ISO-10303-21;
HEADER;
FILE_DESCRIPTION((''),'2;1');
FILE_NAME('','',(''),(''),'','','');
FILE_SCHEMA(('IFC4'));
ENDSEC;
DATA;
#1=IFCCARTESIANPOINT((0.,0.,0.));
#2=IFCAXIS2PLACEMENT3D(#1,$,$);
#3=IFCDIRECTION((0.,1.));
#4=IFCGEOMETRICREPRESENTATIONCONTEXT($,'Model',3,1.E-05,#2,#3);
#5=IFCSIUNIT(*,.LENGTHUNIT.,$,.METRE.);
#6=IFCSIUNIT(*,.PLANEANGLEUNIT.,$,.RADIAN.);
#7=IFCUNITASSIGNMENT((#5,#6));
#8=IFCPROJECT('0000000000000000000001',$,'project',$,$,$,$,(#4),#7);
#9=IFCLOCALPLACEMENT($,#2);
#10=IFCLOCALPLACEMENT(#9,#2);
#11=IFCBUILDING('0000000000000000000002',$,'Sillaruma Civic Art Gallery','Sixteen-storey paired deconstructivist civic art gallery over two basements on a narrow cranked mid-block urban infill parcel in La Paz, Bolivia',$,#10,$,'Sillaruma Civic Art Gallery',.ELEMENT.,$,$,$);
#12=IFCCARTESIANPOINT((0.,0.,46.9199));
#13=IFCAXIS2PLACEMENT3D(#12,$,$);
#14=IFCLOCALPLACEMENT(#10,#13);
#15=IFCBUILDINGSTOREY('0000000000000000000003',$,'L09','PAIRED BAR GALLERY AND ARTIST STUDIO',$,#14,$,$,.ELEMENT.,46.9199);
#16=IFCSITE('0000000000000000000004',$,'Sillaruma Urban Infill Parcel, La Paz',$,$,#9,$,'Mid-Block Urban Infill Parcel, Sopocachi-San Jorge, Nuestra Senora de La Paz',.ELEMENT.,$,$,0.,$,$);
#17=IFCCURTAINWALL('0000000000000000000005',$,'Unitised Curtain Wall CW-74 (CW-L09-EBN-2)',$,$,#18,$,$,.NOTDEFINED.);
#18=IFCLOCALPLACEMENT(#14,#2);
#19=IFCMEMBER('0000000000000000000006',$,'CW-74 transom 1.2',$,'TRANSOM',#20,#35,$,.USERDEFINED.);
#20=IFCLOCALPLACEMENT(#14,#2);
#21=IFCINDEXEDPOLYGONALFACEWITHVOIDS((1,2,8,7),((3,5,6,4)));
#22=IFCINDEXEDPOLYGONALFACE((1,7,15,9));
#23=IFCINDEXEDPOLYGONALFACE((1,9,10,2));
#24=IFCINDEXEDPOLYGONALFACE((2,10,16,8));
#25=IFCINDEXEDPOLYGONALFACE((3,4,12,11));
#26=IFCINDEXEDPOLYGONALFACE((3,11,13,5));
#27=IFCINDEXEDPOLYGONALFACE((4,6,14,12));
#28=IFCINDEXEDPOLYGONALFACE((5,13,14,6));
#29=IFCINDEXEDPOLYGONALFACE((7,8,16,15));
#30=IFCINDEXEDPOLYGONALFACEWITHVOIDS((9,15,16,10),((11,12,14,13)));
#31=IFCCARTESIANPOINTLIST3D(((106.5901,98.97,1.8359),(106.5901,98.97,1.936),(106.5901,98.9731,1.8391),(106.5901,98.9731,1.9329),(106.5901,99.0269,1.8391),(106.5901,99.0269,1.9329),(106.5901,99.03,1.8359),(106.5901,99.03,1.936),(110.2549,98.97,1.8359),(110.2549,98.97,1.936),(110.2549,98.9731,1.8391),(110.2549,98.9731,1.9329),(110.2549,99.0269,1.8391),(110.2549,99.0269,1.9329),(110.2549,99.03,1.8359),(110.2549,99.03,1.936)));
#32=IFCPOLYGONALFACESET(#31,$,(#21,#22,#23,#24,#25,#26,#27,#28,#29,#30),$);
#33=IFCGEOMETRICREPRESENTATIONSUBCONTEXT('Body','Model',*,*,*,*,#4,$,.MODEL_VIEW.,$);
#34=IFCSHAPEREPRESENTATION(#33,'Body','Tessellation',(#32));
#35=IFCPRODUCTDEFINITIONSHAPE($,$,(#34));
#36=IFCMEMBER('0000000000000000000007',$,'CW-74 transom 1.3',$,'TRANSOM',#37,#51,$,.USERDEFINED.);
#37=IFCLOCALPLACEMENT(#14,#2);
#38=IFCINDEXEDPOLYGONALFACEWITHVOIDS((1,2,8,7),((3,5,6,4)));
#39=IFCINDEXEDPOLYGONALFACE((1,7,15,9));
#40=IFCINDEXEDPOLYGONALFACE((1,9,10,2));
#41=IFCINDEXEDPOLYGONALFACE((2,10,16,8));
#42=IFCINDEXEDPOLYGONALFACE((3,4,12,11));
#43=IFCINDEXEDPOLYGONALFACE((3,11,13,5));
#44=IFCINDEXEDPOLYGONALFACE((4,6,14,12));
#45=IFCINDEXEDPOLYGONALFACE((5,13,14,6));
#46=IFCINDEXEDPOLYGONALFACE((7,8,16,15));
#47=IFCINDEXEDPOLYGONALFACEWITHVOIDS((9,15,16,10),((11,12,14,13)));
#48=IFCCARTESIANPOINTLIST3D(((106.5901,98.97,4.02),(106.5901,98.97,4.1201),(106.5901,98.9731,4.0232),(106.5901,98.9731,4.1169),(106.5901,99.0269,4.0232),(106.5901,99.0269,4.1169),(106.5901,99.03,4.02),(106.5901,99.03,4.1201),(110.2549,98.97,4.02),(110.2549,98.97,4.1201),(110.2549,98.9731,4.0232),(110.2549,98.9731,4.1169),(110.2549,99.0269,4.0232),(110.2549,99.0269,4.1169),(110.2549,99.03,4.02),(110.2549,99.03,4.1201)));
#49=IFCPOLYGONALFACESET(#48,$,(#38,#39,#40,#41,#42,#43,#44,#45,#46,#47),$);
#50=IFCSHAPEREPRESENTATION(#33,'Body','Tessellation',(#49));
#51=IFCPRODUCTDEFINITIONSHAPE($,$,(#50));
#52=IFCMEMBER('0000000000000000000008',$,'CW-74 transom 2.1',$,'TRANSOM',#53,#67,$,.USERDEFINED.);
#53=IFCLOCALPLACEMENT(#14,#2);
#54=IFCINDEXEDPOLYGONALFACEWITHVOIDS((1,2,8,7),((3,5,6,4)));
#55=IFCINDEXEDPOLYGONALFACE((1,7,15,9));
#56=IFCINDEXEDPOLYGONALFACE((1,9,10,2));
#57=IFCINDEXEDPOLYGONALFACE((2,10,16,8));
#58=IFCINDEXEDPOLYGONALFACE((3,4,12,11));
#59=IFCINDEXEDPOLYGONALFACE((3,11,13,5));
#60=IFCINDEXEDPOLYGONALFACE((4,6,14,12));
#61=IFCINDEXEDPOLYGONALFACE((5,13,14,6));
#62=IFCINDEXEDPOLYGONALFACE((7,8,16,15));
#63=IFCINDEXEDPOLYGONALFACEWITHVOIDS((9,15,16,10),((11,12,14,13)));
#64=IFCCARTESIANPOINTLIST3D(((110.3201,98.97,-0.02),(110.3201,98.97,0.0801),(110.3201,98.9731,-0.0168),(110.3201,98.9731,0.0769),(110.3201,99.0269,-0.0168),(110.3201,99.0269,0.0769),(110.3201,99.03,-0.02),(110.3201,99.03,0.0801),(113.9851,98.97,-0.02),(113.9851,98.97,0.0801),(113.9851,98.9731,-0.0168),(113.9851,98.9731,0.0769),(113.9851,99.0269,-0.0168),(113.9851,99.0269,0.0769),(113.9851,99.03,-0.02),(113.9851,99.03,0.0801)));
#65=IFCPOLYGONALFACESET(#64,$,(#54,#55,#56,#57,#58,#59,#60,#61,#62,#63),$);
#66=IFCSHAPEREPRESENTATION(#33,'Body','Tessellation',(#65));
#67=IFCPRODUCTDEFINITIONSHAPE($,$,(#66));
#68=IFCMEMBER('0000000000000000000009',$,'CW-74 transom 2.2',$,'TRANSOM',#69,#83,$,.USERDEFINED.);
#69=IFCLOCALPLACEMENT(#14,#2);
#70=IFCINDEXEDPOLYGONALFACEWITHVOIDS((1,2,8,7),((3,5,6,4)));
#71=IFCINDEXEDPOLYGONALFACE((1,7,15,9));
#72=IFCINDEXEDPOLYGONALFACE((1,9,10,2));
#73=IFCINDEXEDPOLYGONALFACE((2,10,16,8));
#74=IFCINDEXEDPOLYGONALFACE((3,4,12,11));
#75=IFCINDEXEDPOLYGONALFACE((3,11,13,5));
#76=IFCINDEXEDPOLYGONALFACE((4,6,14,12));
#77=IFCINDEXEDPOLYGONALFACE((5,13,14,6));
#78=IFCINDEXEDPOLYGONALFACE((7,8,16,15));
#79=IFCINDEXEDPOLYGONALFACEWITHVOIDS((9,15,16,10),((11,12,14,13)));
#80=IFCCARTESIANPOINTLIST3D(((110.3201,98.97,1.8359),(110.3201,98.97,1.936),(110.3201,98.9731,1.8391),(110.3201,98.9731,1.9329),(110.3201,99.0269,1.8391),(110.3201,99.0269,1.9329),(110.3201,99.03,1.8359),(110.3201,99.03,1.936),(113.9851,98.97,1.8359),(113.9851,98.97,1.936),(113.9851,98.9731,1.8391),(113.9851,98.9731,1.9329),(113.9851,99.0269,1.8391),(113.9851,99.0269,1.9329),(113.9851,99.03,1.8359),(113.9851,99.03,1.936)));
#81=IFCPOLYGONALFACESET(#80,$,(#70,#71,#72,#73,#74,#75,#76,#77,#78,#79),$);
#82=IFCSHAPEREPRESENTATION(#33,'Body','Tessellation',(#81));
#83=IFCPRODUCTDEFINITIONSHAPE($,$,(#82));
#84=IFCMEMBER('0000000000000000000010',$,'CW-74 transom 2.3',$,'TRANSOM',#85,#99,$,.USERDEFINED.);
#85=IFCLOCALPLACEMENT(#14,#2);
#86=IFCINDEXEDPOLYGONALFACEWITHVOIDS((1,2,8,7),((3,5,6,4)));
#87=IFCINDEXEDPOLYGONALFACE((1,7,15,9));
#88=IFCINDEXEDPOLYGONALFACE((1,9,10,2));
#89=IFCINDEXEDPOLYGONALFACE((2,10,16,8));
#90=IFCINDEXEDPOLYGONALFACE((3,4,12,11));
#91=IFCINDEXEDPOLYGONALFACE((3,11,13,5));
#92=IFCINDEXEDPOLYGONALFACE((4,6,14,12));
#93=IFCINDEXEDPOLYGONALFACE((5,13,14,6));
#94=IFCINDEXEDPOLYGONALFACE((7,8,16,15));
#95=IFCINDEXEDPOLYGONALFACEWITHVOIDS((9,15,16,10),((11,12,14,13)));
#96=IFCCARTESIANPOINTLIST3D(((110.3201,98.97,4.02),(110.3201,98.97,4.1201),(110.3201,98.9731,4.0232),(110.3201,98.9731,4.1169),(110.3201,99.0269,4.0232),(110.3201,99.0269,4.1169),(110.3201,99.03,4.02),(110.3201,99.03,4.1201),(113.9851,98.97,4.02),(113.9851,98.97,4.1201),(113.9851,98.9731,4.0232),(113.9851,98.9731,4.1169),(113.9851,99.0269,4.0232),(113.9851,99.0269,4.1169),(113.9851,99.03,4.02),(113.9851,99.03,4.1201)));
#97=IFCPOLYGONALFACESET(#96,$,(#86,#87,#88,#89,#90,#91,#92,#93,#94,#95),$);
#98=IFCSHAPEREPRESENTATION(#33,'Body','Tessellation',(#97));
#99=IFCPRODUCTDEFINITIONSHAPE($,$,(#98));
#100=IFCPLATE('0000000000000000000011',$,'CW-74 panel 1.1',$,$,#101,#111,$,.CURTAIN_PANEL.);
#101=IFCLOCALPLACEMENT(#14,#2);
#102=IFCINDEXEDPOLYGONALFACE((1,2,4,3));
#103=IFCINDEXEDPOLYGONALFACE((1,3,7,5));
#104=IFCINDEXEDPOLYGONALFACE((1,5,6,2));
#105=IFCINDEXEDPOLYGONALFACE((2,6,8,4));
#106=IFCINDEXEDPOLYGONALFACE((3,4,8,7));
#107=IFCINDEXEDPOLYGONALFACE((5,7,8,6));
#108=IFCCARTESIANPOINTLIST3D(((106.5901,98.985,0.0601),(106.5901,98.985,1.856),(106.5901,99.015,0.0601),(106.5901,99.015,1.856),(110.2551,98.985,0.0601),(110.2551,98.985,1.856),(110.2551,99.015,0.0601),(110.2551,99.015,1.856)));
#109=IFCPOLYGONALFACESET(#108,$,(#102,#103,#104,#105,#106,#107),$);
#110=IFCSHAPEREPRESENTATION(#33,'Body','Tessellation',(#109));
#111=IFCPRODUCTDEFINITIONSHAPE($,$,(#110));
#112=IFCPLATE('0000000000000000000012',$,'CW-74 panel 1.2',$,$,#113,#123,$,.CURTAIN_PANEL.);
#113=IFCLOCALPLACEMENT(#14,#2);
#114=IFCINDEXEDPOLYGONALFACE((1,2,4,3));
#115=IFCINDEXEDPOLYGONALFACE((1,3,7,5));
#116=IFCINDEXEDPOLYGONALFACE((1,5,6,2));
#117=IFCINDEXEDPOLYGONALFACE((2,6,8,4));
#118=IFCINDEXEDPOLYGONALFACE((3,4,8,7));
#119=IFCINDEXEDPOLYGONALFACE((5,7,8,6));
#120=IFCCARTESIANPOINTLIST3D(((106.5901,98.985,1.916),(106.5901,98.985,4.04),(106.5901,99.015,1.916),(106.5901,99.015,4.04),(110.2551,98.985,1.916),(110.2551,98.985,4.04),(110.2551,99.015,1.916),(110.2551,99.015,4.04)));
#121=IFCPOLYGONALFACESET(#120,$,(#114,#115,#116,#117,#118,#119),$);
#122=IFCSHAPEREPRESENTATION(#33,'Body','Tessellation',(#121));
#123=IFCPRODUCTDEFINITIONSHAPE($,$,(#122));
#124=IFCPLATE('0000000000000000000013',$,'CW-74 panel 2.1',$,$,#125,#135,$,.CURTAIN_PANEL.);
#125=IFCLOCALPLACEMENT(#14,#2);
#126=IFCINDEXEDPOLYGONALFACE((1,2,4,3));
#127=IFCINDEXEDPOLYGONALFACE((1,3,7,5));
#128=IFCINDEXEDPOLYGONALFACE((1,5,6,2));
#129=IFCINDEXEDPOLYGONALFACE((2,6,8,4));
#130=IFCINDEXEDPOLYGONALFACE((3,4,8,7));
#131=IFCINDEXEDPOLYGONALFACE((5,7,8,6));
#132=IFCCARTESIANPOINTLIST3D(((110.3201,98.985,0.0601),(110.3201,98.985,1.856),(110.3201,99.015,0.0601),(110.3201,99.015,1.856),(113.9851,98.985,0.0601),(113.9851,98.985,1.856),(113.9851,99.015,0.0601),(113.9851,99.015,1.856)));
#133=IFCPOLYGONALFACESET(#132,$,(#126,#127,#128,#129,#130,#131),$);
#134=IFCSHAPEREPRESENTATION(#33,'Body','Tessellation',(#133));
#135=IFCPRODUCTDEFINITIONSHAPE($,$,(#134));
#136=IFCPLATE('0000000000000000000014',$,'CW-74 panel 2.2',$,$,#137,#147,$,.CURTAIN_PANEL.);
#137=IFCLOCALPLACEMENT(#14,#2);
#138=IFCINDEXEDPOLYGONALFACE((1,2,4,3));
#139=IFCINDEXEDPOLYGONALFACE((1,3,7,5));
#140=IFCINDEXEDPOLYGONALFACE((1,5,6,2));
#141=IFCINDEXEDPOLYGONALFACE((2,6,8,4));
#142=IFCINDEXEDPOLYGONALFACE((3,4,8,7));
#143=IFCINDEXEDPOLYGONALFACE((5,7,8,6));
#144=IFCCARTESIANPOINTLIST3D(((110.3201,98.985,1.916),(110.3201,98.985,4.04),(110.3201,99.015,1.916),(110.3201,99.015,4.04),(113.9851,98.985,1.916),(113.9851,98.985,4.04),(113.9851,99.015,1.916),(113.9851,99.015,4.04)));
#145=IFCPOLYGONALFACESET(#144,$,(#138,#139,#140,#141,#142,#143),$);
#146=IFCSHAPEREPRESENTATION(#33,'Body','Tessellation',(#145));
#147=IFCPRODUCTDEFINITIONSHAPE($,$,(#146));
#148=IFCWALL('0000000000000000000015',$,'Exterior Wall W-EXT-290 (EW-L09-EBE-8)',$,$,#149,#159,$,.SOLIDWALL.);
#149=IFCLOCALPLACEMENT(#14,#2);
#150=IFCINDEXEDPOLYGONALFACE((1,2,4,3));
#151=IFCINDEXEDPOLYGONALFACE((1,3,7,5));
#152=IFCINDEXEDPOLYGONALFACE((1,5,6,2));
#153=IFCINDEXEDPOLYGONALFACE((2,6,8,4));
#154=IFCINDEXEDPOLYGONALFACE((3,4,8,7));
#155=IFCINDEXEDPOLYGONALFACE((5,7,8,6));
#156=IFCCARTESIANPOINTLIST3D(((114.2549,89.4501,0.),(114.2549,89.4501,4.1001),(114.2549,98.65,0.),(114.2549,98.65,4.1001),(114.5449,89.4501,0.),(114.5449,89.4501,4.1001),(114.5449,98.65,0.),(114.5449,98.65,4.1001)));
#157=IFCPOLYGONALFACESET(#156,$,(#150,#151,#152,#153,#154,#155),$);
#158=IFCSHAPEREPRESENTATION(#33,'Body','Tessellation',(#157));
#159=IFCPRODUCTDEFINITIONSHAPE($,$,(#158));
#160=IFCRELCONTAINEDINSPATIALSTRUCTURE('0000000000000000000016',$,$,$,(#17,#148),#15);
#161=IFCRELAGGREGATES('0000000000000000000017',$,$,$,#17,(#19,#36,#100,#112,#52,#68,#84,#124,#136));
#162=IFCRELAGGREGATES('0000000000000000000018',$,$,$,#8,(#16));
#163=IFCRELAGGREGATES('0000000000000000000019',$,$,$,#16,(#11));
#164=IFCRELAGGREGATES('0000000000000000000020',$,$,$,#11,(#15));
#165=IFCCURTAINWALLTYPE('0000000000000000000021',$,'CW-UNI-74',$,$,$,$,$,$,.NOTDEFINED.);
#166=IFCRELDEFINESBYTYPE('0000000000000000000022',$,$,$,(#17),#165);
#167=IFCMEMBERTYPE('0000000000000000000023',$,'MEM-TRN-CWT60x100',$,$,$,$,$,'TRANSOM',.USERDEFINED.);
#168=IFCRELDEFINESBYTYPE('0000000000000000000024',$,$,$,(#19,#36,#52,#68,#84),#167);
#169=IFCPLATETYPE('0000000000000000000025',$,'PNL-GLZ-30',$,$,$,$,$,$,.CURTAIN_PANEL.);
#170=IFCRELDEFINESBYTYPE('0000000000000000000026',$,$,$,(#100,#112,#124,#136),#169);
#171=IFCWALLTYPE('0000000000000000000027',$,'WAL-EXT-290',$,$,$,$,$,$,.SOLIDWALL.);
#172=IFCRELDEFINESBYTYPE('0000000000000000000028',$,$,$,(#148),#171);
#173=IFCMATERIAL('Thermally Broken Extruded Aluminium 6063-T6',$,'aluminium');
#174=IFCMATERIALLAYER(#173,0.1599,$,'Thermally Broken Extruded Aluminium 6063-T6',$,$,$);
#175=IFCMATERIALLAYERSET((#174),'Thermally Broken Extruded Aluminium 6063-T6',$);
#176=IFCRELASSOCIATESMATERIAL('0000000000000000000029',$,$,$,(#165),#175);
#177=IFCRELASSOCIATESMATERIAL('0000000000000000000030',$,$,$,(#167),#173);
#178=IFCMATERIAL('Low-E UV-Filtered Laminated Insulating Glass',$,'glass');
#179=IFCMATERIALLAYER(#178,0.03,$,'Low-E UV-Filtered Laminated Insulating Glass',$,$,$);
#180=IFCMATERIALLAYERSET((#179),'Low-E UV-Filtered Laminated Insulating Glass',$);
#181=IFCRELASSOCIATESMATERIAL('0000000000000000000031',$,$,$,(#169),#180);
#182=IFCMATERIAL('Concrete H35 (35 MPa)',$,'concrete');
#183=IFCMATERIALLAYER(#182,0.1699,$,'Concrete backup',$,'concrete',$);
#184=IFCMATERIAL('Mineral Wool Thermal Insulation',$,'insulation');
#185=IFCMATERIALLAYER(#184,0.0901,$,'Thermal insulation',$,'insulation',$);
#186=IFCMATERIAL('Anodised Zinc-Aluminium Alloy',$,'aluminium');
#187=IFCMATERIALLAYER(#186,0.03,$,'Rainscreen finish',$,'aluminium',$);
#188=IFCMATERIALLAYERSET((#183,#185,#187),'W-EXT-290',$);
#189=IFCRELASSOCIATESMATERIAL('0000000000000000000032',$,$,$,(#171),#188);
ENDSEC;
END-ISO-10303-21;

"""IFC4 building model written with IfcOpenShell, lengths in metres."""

from ifc_helpers import new_model, si_unit, direction, frame, frame_2d, origin, origin_2d, place, context, subcontext, project, spatial, rectangle, hollow_rectangle, extrude, material, layer, layer_set, material_profile, profile_set, type_object, element, aggregate, save


model = new_model("IFC4")

# Units and contexts
model_context = context("Model", 3, precision=1e-05, world=origin(), true_north=direction((0.0, 1.0)))
body_context = subcontext(model_context, "Body", "Model", "MODEL_VIEW")
ifc_project = project(units=[si_unit("LENGTHUNIT", "METRE"), si_unit("PLANEANGLEUNIT", "RADIAN")], contexts=[model_context])

# Site, building, storey
site_placement = place(None, origin())
site = spatial("IfcSite", under=ifc_project, at=site_placement, Name="Sillaruma Urban Infill Parcel, La Paz", LongName="Mid-Block Urban Infill Parcel, Sopocachi-San Jorge, Nuestra Senora de La Paz", CompositionType="ELEMENT", RefElevation=0.0)
building_placement = place(site_placement, origin())
building = spatial("IfcBuilding", under=site, at=building_placement, Name="Sillaruma Civic Art Gallery", Description="Sixteen-storey paired deconstructivist civic art gallery over two basements on a narrow cranked mid-block urban infill parcel in La Paz, Bolivia", LongName="Sillaruma Civic Art Gallery", CompositionType="ELEMENT")
storey_placement = place(building_placement, frame((0.0, 0.0, 46.9199)))
storey = spatial("IfcBuildingStorey", under=building, at=storey_placement, Name="L09", Description="PAIRED BAR GALLERY AND ARTIST STUDIO", CompositionType="ELEMENT", Elevation=46.9199)

# Shared definitions
ifc_material_1 = material(Name="Concrete H35 (35 MPa)", Category="concrete")

# Curtain wall, members, plates
ifc_material_2 = material(Name="Thermally Broken Extruded Aluminium 6063-T6", Category="aluminium")
ifc_layer_1 = layer(ifc_material_2, 0.1599, Name="Thermally Broken Extruded Aluminium 6063-T6")
ifc_layer_set_1 = layer_set([ifc_layer_1], Name="Thermally Broken Extruded Aluminium 6063-T6")
curtain_wall_type = type_object("IfcCurtainWallType", Name="CW-UNI-74", PredefinedType="NOTDEFINED", material=ifc_layer_set_1)
curtain_wall_placement = place(storey_placement, origin())
curtain_wall = element("IfcCurtainWall", 1, at=curtain_wall_placement, inside=storey, type_object=curtain_wall_type, Name="Unitised Curtain Wall CW-74 (CW-L09-EBN-2)", PredefinedType="NOTDEFINED")
ifc_material_profile_1 = material_profile(ifc_material_2, hollow_rectangle(XDim=0.0601, YDim=0.1001, WallThickness=0.0032, at=origin_2d()), Name="CWT60x100")
ifc_profile_set_1 = profile_set([ifc_material_profile_1], Name="Thermally Broken Extruded Aluminium 6063-T6")
member_type_1 = type_object("IfcMemberType", Name="MEM-TRN-CWT60x100", ElementType="TRANSOM", PredefinedType="USERDEFINED", material=ifc_profile_set_1)
member_1_placement = place(storey_placement, frame((106.5901, 99.0, 1.886), z_axis=(1.0, 0.0, 0.0), x_axis=(0.0, 1.0, 0.0)))
member_1 = element("IfcMember", 2, at=member_1_placement, type_object=member_type_1, Name="CW-74 transom 1.2", ObjectType="TRANSOM", PredefinedType="USERDEFINED", context=body_context, shape_type="SweptSolid", body=[
    extrude(hollow_rectangle(XDim=0.0601, YDim=0.1001, WallThickness=0.0032, at=origin_2d()), origin(), (0.0, 0.0, 1.0), 3.6648),
])
member_2_placement = place(storey_placement, frame((106.5901, 99.0, 4.0701), z_axis=(1.0, 0.0, 0.0), x_axis=(0.0, 1.0, 0.0)))
member_2 = element("IfcMember", 3, at=member_2_placement, type_object=member_type_1, Name="CW-74 transom 1.3", ObjectType="TRANSOM", PredefinedType="USERDEFINED", context=body_context, shape_type="SweptSolid", body=[
    extrude(hollow_rectangle(XDim=0.0601, YDim=0.1001, WallThickness=0.0032, at=origin_2d()), origin(), (0.0, 0.0, 1.0), 3.6648),
])
member_3_placement = place(storey_placement, frame((110.3201, 99.0, 0.03), z_axis=(1.0, 0.0, 0.0), x_axis=(0.0, 1.0, 0.0)))
member_3 = element("IfcMember", 4, at=member_3_placement, type_object=member_type_1, Name="CW-74 transom 2.1", ObjectType="TRANSOM", PredefinedType="USERDEFINED", context=body_context, shape_type="SweptSolid", body=[
    extrude(hollow_rectangle(XDim=0.0601, YDim=0.1001, WallThickness=0.0032, at=origin_2d()), origin(), (0.0, 0.0, 1.0), 3.665),
])
member_4_placement = place(storey_placement, frame((110.3201, 99.0, 1.886), z_axis=(1.0, 0.0, 0.0), x_axis=(0.0, 1.0, 0.0)))
member_4 = element("IfcMember", 5, at=member_4_placement, type_object=member_type_1, Name="CW-74 transom 2.2", ObjectType="TRANSOM", PredefinedType="USERDEFINED", context=body_context, shape_type="SweptSolid", body=[
    extrude(hollow_rectangle(XDim=0.0601, YDim=0.1001, WallThickness=0.0032, at=origin_2d()), origin(), (0.0, 0.0, 1.0), 3.665),
])
member_5_placement = place(storey_placement, frame((110.3201, 99.0, 4.0701), z_axis=(1.0, 0.0, 0.0), x_axis=(0.0, 1.0, 0.0)))
member_5 = element("IfcMember", 6, at=member_5_placement, type_object=member_type_1, Name="CW-74 transom 2.3", ObjectType="TRANSOM", PredefinedType="USERDEFINED", context=body_context, shape_type="SweptSolid", body=[
    extrude(hollow_rectangle(XDim=0.0601, YDim=0.1001, WallThickness=0.0032, at=origin_2d()), origin(), (0.0, 0.0, 1.0), 3.665),
])
ifc_material_3 = material(Name="Low-E UV-Filtered Laminated Insulating Glass", Category="glass")
ifc_layer_2 = layer(ifc_material_3, 0.03, Name="Low-E UV-Filtered Laminated Insulating Glass")
ifc_layer_set_2 = layer_set([ifc_layer_2], Name="Low-E UV-Filtered Laminated Insulating Glass")
plate_type = type_object("IfcPlateType", Name="PNL-GLZ-30", PredefinedType="CURTAIN_PANEL", material=ifc_layer_set_2)
plate_1_placement = place(storey_placement, frame((108.4226, 99.0, 0.0601), z_axis=(0.0, 0.0, 1.0), x_axis=(1.0, 0.0, 0.0)))
plate_1 = element("IfcPlate", 7, at=plate_1_placement, type_object=plate_type, Name="CW-74 panel 1.1", PredefinedType="CURTAIN_PANEL", context=body_context, shape_type="SweptSolid", body=[
    extrude(rectangle(XDim=3.665, YDim=0.03, at=origin_2d()), origin(), (0.0, 0.0, 1.0), 1.7959),
])
plate_2_placement = place(storey_placement, frame((108.4226, 99.0, 1.916), z_axis=(0.0, 0.0, 1.0), x_axis=(1.0, 0.0, 0.0)))
plate_2 = element("IfcPlate", 8, at=plate_2_placement, type_object=plate_type, Name="CW-74 panel 1.2", PredefinedType="CURTAIN_PANEL", context=body_context, shape_type="SweptSolid", body=[
    extrude(rectangle(XDim=3.665, YDim=0.03, at=origin_2d()), origin(), (0.0, 0.0, 1.0), 2.124),
])
plate_3_placement = place(storey_placement, frame((112.1526, 99.0, 0.0601), z_axis=(0.0, 0.0, 1.0), x_axis=(1.0, 0.0, 0.0)))
plate_3 = element("IfcPlate", 9, at=plate_3_placement, type_object=plate_type, Name="CW-74 panel 2.1", PredefinedType="CURTAIN_PANEL", context=body_context, shape_type="SweptSolid", body=[
    extrude(rectangle(XDim=3.665, YDim=0.03, at=origin_2d()), origin(), (0.0, 0.0, 1.0), 1.7959),
])
plate_4_placement = place(storey_placement, frame((112.1526, 99.0, 1.916), z_axis=(0.0, 0.0, 1.0), x_axis=(1.0, 0.0, 0.0)))
plate_4 = element("IfcPlate", 10, at=plate_4_placement, type_object=plate_type, Name="CW-74 panel 2.2", PredefinedType="CURTAIN_PANEL", context=body_context, shape_type="SweptSolid", body=[
    extrude(rectangle(XDim=3.665, YDim=0.03, at=origin_2d()), origin(), (0.0, 0.0, 1.0), 2.124),
])
aggregate(curtain_wall, [member_1, member_2, plate_1, plate_2, member_3, member_4, member_5, plate_3, plate_4])

# Wall
ifc_layer_3 = layer(ifc_material_1, 0.1699, Name="Concrete backup", Category="concrete")
ifc_material_4 = material(Name="Mineral Wool Thermal Insulation", Category="insulation")
ifc_layer_4 = layer(ifc_material_4, 0.0901, Name="Thermal insulation", Category="insulation")
ifc_material_5 = material(Name="Anodised Zinc-Aluminium Alloy", Category="aluminium")
ifc_layer_5 = layer(ifc_material_5, 0.03, Name="Rainscreen finish", Category="aluminium")
ifc_layer_set_3 = layer_set([ifc_layer_3, ifc_layer_4, ifc_layer_5], Name="W-EXT-290")
wall_type_1 = type_object("IfcWallType", Name="WAL-EXT-290", PredefinedType="SOLIDWALL", material=ifc_layer_set_3)
wall_1_placement = place(storey_placement, frame((114.3999, 89.45, 0.0), z_axis=(0.0, 0.0, 1.0), x_axis=(0.0, 1.0, 0.0)))
element("IfcWall", 11, at=wall_1_placement, inside=storey, type_object=wall_type_1, Name="Exterior Wall W-EXT-290 (EW-L09-EBE-8)", PredefinedType="SOLIDWALL", context=body_context, shape_type="SweptSolid", body=[
    extrude(rectangle(XDim=9.2, YDim=0.29, at=frame_2d((4.6001, 0.0))), origin(), (0.0, 0.0, 1.0), 4.1001),
])

save(model, "model.ifc")
